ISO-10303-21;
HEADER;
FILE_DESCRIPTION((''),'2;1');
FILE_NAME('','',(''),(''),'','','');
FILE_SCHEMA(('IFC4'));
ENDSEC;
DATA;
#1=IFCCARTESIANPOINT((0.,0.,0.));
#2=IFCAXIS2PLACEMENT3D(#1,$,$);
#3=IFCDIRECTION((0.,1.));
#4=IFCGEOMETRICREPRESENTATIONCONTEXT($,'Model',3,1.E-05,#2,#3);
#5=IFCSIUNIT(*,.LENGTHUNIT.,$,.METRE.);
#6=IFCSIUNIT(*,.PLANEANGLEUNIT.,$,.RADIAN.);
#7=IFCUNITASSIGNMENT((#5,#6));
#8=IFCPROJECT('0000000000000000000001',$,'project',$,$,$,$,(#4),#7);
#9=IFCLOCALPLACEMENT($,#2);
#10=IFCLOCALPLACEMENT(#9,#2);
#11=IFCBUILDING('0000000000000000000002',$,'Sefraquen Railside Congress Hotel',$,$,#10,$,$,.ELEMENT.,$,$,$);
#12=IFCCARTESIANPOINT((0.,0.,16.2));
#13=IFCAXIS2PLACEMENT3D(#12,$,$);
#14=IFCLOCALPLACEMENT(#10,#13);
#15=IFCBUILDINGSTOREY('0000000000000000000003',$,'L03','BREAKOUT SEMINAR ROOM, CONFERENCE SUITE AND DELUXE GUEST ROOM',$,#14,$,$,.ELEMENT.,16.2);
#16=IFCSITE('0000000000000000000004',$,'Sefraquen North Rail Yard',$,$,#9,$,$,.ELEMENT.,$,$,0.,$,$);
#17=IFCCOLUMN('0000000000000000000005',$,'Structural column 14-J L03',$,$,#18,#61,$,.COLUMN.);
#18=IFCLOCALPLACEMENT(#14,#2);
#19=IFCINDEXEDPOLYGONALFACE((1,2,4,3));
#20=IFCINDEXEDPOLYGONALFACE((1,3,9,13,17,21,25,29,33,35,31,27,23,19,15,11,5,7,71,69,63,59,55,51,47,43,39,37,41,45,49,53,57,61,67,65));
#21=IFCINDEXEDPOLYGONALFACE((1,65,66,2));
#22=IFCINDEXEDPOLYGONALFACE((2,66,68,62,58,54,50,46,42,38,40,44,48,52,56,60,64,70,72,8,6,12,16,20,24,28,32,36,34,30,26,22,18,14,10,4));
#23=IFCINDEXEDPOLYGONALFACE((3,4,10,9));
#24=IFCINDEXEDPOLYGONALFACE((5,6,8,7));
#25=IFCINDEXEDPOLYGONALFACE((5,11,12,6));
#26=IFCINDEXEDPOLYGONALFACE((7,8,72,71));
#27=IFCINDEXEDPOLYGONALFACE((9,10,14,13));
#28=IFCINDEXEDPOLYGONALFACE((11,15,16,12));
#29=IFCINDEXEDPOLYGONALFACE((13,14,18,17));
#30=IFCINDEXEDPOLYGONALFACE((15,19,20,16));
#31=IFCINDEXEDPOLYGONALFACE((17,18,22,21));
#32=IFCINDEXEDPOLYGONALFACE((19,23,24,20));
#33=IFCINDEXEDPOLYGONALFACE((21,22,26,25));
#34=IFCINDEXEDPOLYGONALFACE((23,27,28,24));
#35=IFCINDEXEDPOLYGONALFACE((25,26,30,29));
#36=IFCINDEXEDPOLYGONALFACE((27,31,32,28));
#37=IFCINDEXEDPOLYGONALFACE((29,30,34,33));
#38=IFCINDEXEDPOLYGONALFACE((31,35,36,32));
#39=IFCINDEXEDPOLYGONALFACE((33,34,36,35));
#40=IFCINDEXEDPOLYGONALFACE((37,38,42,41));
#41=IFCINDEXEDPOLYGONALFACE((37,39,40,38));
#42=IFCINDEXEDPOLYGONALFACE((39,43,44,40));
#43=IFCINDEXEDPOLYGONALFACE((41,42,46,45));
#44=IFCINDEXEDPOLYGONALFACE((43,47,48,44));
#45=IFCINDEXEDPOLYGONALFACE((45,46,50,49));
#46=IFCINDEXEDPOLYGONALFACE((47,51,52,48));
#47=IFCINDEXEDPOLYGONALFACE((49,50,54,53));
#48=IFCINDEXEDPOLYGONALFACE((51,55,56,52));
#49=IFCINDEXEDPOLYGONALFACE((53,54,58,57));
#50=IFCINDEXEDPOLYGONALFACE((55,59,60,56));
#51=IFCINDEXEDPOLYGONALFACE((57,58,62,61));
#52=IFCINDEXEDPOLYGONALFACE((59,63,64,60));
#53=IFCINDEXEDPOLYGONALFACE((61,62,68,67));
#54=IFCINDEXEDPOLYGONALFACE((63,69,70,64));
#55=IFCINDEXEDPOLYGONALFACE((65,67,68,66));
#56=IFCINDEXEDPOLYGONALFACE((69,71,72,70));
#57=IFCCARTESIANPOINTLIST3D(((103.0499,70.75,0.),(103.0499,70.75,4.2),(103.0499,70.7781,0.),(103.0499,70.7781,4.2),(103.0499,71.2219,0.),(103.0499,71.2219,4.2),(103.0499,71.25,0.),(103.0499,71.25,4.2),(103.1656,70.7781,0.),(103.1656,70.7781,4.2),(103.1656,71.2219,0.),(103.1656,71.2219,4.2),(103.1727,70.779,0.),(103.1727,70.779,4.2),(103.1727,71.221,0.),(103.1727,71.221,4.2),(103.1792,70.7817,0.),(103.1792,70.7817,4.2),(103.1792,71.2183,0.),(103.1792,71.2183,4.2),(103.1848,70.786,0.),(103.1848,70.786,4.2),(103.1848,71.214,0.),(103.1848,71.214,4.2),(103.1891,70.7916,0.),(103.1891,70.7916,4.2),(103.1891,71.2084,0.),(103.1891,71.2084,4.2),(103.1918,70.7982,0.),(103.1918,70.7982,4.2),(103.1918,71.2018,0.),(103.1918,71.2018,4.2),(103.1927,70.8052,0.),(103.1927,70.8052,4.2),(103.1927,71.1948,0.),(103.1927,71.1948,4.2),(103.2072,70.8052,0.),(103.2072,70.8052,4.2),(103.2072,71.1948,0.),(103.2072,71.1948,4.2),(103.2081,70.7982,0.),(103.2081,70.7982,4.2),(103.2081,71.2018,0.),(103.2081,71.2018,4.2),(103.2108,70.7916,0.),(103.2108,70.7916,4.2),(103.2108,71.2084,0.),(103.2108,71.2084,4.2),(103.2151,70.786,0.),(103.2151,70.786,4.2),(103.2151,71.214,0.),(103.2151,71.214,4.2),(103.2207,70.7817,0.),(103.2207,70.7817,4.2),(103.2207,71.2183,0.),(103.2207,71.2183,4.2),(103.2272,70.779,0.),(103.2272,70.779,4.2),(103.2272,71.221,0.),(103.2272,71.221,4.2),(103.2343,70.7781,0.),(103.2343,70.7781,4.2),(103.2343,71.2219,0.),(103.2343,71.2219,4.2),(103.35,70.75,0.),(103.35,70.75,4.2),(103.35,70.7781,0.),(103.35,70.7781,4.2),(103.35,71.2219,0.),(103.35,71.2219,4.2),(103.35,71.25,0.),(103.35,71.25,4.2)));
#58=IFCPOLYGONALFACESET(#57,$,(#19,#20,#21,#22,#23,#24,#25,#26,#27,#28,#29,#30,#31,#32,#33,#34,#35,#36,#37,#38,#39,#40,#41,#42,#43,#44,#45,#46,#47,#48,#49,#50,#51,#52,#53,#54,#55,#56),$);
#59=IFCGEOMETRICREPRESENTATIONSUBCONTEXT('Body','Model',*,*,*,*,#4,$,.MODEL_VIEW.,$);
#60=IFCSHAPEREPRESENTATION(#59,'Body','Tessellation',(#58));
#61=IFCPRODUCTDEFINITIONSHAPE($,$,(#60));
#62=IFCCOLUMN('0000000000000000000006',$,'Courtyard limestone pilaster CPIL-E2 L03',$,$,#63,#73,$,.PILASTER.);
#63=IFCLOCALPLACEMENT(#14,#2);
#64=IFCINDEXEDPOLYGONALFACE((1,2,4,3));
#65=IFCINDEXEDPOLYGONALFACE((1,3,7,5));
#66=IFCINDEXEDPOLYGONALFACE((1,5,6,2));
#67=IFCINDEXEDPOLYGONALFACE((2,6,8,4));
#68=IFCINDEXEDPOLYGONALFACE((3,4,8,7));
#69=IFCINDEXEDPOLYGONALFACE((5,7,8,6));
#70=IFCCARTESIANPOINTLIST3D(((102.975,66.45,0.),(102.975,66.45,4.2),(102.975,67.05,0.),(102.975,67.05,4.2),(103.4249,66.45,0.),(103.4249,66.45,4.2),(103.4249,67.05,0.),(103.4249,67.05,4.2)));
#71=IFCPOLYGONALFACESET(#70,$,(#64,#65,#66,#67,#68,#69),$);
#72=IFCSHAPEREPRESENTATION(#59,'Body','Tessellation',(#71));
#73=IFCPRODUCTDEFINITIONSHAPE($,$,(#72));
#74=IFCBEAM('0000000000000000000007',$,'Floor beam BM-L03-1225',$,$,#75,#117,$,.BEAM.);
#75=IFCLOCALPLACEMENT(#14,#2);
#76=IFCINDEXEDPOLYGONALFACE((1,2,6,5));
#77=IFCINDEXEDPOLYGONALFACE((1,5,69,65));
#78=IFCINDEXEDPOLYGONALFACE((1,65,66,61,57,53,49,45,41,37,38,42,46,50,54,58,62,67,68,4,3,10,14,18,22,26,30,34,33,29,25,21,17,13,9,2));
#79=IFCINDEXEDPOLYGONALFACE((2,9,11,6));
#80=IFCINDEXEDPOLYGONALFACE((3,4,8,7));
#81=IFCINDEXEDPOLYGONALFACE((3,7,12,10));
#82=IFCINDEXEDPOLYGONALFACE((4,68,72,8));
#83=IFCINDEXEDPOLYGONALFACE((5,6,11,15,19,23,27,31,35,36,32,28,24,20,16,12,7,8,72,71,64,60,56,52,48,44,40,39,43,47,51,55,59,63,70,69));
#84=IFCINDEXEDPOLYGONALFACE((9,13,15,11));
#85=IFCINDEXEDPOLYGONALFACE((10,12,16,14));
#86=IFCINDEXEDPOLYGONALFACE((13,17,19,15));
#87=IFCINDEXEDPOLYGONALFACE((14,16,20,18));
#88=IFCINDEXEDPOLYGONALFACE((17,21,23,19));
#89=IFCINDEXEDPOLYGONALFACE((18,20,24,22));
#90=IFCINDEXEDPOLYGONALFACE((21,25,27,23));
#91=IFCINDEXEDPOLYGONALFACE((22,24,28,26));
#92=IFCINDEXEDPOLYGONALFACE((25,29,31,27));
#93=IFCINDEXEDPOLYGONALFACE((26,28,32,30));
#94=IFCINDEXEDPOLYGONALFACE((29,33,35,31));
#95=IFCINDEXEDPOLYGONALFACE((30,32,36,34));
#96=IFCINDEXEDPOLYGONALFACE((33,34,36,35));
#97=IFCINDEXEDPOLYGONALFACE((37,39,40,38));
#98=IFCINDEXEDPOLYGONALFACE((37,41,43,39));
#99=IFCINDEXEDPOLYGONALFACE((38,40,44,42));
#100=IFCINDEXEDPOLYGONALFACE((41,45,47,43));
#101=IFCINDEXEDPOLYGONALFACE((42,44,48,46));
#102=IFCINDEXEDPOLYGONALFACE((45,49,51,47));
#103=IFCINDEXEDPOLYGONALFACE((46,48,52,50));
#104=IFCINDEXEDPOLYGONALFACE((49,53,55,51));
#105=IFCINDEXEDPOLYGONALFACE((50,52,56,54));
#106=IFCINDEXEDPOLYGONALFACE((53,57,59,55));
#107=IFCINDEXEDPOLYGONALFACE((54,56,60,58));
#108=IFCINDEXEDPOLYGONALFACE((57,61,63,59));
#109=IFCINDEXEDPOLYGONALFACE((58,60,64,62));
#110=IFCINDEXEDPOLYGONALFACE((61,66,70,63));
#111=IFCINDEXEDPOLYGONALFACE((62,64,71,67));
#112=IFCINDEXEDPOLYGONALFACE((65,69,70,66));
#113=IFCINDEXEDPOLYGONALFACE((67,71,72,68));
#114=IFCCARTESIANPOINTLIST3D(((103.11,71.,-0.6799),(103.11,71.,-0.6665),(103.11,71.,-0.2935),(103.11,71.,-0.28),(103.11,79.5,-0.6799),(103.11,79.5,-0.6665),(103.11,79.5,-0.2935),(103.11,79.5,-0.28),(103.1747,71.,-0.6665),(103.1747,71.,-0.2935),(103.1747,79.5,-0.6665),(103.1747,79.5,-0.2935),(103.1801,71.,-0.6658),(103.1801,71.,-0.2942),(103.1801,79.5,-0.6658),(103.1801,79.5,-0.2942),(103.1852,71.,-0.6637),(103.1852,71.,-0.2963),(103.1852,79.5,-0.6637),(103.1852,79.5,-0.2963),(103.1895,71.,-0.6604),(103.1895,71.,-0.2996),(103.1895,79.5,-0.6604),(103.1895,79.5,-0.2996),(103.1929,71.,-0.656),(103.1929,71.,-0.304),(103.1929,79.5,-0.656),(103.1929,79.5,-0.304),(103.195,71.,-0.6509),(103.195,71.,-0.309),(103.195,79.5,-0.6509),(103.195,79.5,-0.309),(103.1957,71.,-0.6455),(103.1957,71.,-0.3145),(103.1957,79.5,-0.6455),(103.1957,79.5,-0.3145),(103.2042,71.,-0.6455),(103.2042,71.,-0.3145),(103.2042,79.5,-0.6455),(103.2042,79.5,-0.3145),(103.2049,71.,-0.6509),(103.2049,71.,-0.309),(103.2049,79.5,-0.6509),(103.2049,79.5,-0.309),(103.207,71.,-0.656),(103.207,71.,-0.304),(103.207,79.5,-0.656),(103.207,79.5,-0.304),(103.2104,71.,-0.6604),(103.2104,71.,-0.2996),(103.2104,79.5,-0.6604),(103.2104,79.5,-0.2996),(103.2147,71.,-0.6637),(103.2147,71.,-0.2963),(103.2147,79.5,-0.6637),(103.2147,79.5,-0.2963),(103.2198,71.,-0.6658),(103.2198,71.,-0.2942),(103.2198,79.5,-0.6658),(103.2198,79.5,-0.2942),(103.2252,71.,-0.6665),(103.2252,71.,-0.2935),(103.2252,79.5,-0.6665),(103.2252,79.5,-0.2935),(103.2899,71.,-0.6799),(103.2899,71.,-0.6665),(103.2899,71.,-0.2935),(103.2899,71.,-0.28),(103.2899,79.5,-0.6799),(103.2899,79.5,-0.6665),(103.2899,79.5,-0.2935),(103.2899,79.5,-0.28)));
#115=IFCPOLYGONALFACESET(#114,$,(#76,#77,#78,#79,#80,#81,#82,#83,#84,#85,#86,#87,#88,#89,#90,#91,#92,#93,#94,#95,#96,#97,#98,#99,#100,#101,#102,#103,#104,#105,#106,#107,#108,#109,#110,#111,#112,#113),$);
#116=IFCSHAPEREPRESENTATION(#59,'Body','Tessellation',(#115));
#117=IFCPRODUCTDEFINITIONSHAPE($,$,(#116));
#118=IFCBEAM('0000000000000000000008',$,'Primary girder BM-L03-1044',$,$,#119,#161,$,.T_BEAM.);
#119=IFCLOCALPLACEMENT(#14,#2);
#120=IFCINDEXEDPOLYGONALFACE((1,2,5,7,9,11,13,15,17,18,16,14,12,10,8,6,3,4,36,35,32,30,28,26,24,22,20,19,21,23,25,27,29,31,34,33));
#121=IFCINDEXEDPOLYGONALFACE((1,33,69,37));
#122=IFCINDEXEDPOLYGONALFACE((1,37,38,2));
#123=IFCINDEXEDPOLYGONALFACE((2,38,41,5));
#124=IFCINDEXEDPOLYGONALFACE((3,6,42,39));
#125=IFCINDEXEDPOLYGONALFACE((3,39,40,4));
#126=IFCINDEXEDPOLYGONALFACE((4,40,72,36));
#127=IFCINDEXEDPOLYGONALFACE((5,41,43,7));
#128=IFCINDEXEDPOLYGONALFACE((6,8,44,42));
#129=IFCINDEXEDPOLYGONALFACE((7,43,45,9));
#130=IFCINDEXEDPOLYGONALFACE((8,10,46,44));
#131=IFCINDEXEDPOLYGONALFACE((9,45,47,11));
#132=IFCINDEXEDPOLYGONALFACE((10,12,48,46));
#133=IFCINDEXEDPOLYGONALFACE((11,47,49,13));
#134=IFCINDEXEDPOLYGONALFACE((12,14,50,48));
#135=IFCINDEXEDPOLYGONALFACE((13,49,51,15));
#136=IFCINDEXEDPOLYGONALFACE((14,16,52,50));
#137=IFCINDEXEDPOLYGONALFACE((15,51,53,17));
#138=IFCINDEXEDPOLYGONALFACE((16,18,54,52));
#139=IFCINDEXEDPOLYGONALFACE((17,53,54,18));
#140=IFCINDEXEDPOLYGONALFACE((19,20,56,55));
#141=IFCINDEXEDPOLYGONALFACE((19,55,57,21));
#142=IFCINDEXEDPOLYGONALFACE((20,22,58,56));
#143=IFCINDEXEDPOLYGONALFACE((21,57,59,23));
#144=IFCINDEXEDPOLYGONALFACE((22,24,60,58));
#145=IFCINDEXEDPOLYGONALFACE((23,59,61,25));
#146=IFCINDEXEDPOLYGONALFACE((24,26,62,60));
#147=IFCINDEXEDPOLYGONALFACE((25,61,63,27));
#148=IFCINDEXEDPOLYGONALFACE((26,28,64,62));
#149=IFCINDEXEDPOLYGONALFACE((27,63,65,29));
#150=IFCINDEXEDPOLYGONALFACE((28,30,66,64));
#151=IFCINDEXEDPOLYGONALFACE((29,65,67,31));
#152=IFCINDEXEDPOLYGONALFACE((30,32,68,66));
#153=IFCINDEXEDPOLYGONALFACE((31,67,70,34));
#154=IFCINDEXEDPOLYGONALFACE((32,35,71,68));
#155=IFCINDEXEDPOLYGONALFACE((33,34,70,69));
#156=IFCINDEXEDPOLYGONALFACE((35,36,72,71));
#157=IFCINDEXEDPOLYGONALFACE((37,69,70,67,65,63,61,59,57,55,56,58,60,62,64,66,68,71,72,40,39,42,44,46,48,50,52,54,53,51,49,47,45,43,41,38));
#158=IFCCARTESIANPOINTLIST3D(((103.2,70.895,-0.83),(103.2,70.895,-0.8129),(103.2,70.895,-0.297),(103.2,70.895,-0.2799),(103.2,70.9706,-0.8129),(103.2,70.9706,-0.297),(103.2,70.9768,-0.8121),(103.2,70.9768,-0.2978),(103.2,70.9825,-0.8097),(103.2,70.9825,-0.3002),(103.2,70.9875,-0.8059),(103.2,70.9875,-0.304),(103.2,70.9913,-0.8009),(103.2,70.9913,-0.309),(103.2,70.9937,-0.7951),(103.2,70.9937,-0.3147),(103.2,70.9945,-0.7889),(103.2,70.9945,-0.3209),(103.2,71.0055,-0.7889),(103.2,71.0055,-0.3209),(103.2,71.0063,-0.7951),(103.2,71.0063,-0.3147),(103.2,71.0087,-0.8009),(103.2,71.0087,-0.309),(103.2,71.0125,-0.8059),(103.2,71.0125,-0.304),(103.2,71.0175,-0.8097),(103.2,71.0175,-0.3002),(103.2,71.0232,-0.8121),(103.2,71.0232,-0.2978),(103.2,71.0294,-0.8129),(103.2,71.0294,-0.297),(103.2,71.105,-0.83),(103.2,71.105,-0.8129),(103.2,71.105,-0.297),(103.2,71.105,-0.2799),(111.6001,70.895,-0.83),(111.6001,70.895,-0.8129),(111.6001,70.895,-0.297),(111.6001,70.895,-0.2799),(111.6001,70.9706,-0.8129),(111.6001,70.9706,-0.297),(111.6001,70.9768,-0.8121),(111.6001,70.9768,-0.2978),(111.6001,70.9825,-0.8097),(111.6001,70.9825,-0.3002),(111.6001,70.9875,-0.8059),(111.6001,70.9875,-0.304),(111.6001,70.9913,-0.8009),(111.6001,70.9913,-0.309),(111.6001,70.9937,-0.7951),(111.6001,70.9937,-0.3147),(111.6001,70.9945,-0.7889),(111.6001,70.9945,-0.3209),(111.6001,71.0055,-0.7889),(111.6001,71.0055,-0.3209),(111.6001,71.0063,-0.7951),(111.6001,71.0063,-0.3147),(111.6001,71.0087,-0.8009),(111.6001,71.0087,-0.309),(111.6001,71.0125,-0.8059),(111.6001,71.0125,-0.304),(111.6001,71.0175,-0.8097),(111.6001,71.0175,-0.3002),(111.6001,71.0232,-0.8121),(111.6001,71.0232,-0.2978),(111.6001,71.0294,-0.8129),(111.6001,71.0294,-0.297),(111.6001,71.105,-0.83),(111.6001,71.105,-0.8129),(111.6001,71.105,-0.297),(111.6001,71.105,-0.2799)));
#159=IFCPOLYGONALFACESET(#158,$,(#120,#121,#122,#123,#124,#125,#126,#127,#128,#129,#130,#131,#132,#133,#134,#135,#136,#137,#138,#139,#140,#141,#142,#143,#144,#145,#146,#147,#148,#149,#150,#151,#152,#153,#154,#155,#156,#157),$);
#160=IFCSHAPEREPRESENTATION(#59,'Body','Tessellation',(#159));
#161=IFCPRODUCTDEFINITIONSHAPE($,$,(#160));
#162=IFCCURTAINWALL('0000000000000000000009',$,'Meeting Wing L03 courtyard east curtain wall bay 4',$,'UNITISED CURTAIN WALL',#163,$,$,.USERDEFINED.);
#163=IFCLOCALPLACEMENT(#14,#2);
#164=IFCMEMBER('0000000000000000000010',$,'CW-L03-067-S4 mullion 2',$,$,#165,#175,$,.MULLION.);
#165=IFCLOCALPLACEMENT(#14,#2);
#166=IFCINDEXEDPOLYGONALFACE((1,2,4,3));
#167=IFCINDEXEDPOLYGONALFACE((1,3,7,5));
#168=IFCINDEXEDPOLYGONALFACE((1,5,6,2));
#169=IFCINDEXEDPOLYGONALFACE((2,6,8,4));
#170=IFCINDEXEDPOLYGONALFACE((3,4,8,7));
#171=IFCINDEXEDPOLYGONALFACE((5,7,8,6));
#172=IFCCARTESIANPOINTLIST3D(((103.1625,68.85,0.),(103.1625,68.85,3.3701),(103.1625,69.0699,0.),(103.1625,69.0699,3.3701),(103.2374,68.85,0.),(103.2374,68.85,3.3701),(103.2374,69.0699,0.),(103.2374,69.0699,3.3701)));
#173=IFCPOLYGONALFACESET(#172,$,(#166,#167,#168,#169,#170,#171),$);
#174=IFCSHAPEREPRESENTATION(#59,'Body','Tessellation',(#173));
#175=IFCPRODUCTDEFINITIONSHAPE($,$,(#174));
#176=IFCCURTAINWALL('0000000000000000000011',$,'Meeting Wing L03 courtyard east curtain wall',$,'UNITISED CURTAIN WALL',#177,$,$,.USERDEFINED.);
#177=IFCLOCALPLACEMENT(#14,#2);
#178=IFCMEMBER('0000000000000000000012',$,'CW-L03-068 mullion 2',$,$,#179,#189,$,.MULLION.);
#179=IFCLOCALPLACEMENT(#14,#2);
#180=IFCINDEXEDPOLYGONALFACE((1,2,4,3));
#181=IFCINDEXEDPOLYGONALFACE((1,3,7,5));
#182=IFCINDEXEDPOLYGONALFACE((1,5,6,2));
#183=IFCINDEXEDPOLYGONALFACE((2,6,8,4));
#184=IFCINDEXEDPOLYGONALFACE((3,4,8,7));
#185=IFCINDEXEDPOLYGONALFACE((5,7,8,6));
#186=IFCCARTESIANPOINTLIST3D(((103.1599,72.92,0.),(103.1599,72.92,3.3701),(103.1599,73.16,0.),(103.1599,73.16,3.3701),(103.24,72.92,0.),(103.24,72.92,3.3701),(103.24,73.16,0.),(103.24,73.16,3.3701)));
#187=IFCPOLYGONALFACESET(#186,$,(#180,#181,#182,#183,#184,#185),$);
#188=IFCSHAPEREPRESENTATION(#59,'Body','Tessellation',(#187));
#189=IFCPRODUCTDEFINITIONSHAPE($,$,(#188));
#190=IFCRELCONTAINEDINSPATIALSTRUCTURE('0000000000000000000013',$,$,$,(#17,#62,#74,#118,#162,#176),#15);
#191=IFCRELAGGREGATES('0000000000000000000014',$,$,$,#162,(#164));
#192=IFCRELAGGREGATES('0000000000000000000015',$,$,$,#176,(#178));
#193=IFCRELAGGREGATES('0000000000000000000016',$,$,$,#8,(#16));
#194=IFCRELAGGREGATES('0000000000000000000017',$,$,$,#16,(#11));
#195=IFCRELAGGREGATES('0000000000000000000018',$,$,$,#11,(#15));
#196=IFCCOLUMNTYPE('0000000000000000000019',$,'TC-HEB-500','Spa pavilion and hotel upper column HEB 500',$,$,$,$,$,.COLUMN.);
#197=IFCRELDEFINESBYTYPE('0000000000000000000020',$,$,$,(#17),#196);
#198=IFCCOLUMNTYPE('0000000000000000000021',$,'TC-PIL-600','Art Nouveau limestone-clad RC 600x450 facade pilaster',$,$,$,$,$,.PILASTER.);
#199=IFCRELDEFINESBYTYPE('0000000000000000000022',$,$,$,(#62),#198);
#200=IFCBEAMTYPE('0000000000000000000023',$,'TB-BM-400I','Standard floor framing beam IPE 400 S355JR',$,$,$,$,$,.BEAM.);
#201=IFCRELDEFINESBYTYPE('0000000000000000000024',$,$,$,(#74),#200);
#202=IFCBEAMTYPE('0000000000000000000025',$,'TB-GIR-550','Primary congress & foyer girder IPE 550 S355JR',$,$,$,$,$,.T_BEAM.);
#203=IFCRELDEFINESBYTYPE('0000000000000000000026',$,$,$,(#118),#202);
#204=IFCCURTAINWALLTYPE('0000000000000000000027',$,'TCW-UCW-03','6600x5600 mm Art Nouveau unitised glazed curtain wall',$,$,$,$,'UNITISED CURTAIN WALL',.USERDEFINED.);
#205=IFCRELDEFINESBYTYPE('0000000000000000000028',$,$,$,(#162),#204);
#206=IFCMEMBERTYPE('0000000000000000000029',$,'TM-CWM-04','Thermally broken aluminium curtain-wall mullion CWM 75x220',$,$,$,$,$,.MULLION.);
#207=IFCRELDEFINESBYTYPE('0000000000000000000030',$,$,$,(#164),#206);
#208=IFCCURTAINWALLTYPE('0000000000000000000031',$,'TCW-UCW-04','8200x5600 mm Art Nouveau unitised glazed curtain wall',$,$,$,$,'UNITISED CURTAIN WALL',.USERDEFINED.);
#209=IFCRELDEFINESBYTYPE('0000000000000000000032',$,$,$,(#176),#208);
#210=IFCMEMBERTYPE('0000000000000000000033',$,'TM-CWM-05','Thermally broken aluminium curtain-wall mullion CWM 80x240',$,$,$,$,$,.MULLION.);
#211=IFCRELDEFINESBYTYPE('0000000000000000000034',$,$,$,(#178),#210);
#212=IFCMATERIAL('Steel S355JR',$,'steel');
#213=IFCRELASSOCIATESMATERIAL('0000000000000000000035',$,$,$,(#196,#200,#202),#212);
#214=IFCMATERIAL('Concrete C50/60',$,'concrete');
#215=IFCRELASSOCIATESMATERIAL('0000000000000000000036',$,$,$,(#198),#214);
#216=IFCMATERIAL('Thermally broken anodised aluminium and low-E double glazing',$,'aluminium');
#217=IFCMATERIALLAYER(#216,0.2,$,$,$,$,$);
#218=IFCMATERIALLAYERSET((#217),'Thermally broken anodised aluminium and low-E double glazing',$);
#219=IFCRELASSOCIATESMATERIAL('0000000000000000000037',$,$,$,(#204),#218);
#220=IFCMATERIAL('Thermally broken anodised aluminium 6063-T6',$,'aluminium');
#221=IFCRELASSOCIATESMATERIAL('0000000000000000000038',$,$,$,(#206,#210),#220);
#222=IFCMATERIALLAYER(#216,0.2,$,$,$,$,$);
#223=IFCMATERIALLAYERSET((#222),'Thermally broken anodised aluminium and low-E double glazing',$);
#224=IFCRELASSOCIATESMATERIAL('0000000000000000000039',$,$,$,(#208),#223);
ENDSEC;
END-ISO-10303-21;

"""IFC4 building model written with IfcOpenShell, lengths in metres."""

from ifc_helpers import new_model, si_unit, direction, frame, origin, origin_2d, place, context, subcontext, project, spatial, rectangle, i_section, extrude, material, layer, layer_set, material_profile, profile_set, type_object, element, aggregate, save


model = new_model("IFC4")

# Units and contexts
model_context = context("Model", 3, precision=1e-05, world=origin(), true_north=direction((0.0, 1.0)))
body_context = subcontext(model_context, "Body", "Model", "MODEL_VIEW")
ifc_project = project(units=[si_unit("LENGTHUNIT", "METRE"), si_unit("PLANEANGLEUNIT", "RADIAN")], contexts=[model_context])

# Site, building, storey
site_placement = place(None, origin())
site = spatial("IfcSite", under=ifc_project, at=site_placement, Name="Sefraquen North Rail Yard", CompositionType="ELEMENT", RefElevation=0.0)
building_placement = place(site_placement, origin())
building = spatial("IfcBuilding", under=site, at=building_placement, Name="Sefraquen Railside Congress Hotel", CompositionType="ELEMENT")
storey_placement = place(building_placement, frame((0.0, 0.0, 16.2)))
storey = spatial("IfcBuildingStorey", under=building, at=storey_placement, Name="L03", Description="BREAKOUT SEMINAR ROOM, CONFERENCE SUITE AND DELUXE GUEST ROOM", CompositionType="ELEMENT", Elevation=16.2)

# Columns
ifc_material_1 = material(Name="Steel S355JR", Category="steel")
ifc_material_profile_1 = material_profile(ifc_material_1, i_section(OverallWidth=0.3, OverallDepth=0.5, WebThickness=0.0144, FlangeThickness=0.0281, FilletRadius=0.0271, at=origin_2d()), Name="HEB 500")
ifc_profile_set_1 = profile_set([ifc_material_profile_1], Name="Steel S355JR")
column_type_1 = type_object("IfcColumnType", Name="TC-HEB-500", Description="Spa pavilion and hotel upper column HEB 500", PredefinedType="COLUMN", material=ifc_profile_set_1)
column_1_placement = place(storey_placement, frame((103.2, 71.0, 0.0), z_axis=(0.0, 0.0, 1.0), x_axis=(1.0, 0.0, 0.0)))
element("IfcColumn", 1, at=column_1_placement, inside=storey, type_object=column_type_1, Name="Structural column 14-J L03", PredefinedType="COLUMN", context=body_context, shape_type="SweptSolid", body=[
    extrude(i_section(OverallWidth=0.3, OverallDepth=0.5, WebThickness=0.0144, FlangeThickness=0.0281, FilletRadius=0.0271, at=origin_2d()), origin(), (0.0, 0.0, 1.0), 4.2),
])
ifc_material_2 = material(Name="Concrete C50/60", Category="concrete")
ifc_material_profile_2 = material_profile(ifc_material_2, rectangle(XDim=0.45, YDim=0.6001, at=origin_2d()), Name="RC 600x450")
ifc_profile_set_2 = profile_set([ifc_material_profile_2], Name="Concrete C50/60")
column_type_2 = type_object("IfcColumnType", Name="TC-PIL-600", Description="Art Nouveau limestone-clad RC 600x450 facade pilaster", PredefinedType="PILASTER", material=ifc_profile_set_2)
column_2_placement = place(storey_placement, frame((103.2, 66.75, 0.0), z_axis=(0.0, 0.0, 1.0), x_axis=(1.0, 0.0, 0.0)))
element("IfcColumn", 2, at=column_2_placement, inside=storey, type_object=column_type_2, Name="Courtyard limestone pilaster CPIL-E2 L03", PredefinedType="PILASTER", context=body_context, shape_type="SweptSolid", body=[
    extrude(rectangle(XDim=0.45, YDim=0.6001, at=origin_2d()), origin(), (0.0, 0.0, 1.0), 4.2),
])

# Beams
ifc_material_profile_3 = material_profile(ifc_material_1, i_section(OverallWidth=0.1799, OverallDepth=0.3999, WebThickness=0.0085, FlangeThickness=0.0134, FilletRadius=0.021, at=origin_2d()), Name="IPE 400")
ifc_profile_set_3 = profile_set([ifc_material_profile_3], Name="Steel S355JR")
beam_type_1 = type_object("IfcBeamType", Name="TB-BM-400I", Description="Standard floor framing beam IPE 400 S355JR", PredefinedType="BEAM", material=ifc_profile_set_3)
beam_1_placement = place(storey_placement, frame((103.2, 71.0, -0.48), z_axis=(0.0, 1.0, 0.0), x_axis=(-1.0, 0.0, 0.0)))
element("IfcBeam", 3, at=beam_1_placement, inside=storey, type_object=beam_type_1, Name="Floor beam BM-L03-1225", PredefinedType="BEAM", context=body_context, shape_type="SweptSolid", body=[
    extrude(i_section(OverallWidth=0.1799, OverallDepth=0.3999, WebThickness=0.0085, FlangeThickness=0.0134, FilletRadius=0.021, at=origin_2d()), origin(), (0.0, 0.0, 1.0), 8.5),
])
ifc_material_profile_4 = material_profile(ifc_material_1, i_section(OverallWidth=0.21, OverallDepth=0.55, WebThickness=0.011, FlangeThickness=0.0171, FilletRadius=0.0239, at=origin_2d()), Name="IPE 550")
ifc_profile_set_4 = profile_set([ifc_material_profile_4], Name="Steel S355JR")
beam_type_2 = type_object("IfcBeamType", Name="TB-GIR-550", Description="Primary congress & foyer girder IPE 550 S355JR", PredefinedType="T_BEAM", material=ifc_profile_set_4)
beam_2_placement = place(storey_placement, frame((103.2, 71.0, -0.5549), z_axis=(1.0, 0.0, 0.0), x_axis=(0.0, 1.0, 0.0)))
element("IfcBeam", 4, at=beam_2_placement, inside=storey, type_object=beam_type_2, Name="Primary girder BM-L03-1044", PredefinedType="T_BEAM", context=body_context, shape_type="SweptSolid", body=[
    extrude(i_section(OverallWidth=0.21, OverallDepth=0.55, WebThickness=0.011, FlangeThickness=0.0171, FilletRadius=0.0239, at=origin_2d()), origin(), (0.0, 0.0, 1.0), 8.4001),
])

# Curtain walls, members
ifc_material_3 = material(Name="Thermally broken anodised aluminium and low-E double glazing", Category="aluminium")
ifc_layer_1 = layer(ifc_material_3, 0.2)
ifc_layer_set_1 = layer_set([ifc_layer_1], Name="Thermally broken anodised aluminium and low-E double glazing")
curtain_wall_type_1 = type_object("IfcCurtainWallType", Name="TCW-UCW-03", Description="6600x5600 mm Art Nouveau unitised glazed curtain wall", ElementType="UNITISED CURTAIN WALL", PredefinedType="USERDEFINED", material=ifc_layer_set_1)
curtain_wall_1_placement = place(storey_placement, origin())
curtain_wall_1 = element("IfcCurtainWall", 5, at=curtain_wall_1_placement, inside=storey, type_object=curtain_wall_type_1, Name="Meeting Wing L03 courtyard east curtain wall bay 4", ObjectType="UNITISED CURTAIN WALL", PredefinedType="USERDEFINED")
ifc_material_4 = material(Name="Thermally broken anodised aluminium 6063-T6", Category="aluminium")
ifc_material_profile_5 = material_profile(ifc_material_4, rectangle(XDim=0.075, YDim=0.22, at=origin_2d()), Name="CWM 75x220")
ifc_profile_set_5 = profile_set([ifc_material_profile_5], Name="Thermally broken anodised aluminium 6063-T6")
member_type_1 = type_object("IfcMemberType", Name="TM-CWM-04", Description="Thermally broken aluminium curtain-wall mullion CWM 75x220", PredefinedType="MULLION", material=ifc_profile_set_5)
member_1_placement = place(storey_placement, frame((103.2, 68.96, 0.0), z_axis=(0.0, 0.0, 1.0), x_axis=(1.0, 0.0, 0.0)))
member_1 = element("IfcMember", 6, at=member_1_placement, type_object=member_type_1, Name="CW-L03-067-S4 mullion 2", PredefinedType="MULLION", context=body_context, shape_type="SweptSolid", body=[
    extrude(rectangle(XDim=0.075, YDim=0.22, at=origin_2d()), origin(), (0.0, 0.0, 1.0), 3.3701),
])
ifc_layer_2 = layer(ifc_material_3, 0.2)
ifc_layer_set_2 = layer_set([ifc_layer_2], Name="Thermally broken anodised aluminium and low-E double glazing")
curtain_wall_type_2 = type_object("IfcCurtainWallType", Name="TCW-UCW-04", Description="8200x5600 mm Art Nouveau unitised glazed curtain wall", ElementType="UNITISED CURTAIN WALL", PredefinedType="USERDEFINED", material=ifc_layer_set_2)
curtain_wall_2_placement = place(storey_placement, origin())
curtain_wall_2 = element("IfcCurtainWall", 7, at=curtain_wall_2_placement, inside=storey, type_object=curtain_wall_type_2, Name="Meeting Wing L03 courtyard east curtain wall", ObjectType="UNITISED CURTAIN WALL", PredefinedType="USERDEFINED")
ifc_material_profile_6 = material_profile(ifc_material_4, rectangle(XDim=0.0801, YDim=0.24, at=origin_2d()), Name="CWM 80x240")
ifc_profile_set_6 = profile_set([ifc_material_profile_6], Name="Thermally broken anodised aluminium 6063-T6")
member_type_2 = type_object("IfcMemberType", Name="TM-CWM-05", Description="Thermally broken aluminium curtain-wall mullion CWM 80x240", PredefinedType="MULLION", material=ifc_profile_set_6)
member_2_placement = place(storey_placement, frame((103.2, 73.04, 0.0), z_axis=(0.0, 0.0, 1.0), x_axis=(1.0, 0.0, 0.0)))
member_2 = element("IfcMember", 8, at=member_2_placement, type_object=member_type_2, Name="CW-L03-068 mullion 2", PredefinedType="MULLION", context=body_context, shape_type="SweptSolid", body=[
    extrude(rectangle(XDim=0.0801, YDim=0.24, at=origin_2d()), origin(), (0.0, 0.0, 1.0), 3.3701),
])

aggregate(curtain_wall_1, [member_1])
aggregate(curtain_wall_2, [member_2])

save(model, "model.ifc")
